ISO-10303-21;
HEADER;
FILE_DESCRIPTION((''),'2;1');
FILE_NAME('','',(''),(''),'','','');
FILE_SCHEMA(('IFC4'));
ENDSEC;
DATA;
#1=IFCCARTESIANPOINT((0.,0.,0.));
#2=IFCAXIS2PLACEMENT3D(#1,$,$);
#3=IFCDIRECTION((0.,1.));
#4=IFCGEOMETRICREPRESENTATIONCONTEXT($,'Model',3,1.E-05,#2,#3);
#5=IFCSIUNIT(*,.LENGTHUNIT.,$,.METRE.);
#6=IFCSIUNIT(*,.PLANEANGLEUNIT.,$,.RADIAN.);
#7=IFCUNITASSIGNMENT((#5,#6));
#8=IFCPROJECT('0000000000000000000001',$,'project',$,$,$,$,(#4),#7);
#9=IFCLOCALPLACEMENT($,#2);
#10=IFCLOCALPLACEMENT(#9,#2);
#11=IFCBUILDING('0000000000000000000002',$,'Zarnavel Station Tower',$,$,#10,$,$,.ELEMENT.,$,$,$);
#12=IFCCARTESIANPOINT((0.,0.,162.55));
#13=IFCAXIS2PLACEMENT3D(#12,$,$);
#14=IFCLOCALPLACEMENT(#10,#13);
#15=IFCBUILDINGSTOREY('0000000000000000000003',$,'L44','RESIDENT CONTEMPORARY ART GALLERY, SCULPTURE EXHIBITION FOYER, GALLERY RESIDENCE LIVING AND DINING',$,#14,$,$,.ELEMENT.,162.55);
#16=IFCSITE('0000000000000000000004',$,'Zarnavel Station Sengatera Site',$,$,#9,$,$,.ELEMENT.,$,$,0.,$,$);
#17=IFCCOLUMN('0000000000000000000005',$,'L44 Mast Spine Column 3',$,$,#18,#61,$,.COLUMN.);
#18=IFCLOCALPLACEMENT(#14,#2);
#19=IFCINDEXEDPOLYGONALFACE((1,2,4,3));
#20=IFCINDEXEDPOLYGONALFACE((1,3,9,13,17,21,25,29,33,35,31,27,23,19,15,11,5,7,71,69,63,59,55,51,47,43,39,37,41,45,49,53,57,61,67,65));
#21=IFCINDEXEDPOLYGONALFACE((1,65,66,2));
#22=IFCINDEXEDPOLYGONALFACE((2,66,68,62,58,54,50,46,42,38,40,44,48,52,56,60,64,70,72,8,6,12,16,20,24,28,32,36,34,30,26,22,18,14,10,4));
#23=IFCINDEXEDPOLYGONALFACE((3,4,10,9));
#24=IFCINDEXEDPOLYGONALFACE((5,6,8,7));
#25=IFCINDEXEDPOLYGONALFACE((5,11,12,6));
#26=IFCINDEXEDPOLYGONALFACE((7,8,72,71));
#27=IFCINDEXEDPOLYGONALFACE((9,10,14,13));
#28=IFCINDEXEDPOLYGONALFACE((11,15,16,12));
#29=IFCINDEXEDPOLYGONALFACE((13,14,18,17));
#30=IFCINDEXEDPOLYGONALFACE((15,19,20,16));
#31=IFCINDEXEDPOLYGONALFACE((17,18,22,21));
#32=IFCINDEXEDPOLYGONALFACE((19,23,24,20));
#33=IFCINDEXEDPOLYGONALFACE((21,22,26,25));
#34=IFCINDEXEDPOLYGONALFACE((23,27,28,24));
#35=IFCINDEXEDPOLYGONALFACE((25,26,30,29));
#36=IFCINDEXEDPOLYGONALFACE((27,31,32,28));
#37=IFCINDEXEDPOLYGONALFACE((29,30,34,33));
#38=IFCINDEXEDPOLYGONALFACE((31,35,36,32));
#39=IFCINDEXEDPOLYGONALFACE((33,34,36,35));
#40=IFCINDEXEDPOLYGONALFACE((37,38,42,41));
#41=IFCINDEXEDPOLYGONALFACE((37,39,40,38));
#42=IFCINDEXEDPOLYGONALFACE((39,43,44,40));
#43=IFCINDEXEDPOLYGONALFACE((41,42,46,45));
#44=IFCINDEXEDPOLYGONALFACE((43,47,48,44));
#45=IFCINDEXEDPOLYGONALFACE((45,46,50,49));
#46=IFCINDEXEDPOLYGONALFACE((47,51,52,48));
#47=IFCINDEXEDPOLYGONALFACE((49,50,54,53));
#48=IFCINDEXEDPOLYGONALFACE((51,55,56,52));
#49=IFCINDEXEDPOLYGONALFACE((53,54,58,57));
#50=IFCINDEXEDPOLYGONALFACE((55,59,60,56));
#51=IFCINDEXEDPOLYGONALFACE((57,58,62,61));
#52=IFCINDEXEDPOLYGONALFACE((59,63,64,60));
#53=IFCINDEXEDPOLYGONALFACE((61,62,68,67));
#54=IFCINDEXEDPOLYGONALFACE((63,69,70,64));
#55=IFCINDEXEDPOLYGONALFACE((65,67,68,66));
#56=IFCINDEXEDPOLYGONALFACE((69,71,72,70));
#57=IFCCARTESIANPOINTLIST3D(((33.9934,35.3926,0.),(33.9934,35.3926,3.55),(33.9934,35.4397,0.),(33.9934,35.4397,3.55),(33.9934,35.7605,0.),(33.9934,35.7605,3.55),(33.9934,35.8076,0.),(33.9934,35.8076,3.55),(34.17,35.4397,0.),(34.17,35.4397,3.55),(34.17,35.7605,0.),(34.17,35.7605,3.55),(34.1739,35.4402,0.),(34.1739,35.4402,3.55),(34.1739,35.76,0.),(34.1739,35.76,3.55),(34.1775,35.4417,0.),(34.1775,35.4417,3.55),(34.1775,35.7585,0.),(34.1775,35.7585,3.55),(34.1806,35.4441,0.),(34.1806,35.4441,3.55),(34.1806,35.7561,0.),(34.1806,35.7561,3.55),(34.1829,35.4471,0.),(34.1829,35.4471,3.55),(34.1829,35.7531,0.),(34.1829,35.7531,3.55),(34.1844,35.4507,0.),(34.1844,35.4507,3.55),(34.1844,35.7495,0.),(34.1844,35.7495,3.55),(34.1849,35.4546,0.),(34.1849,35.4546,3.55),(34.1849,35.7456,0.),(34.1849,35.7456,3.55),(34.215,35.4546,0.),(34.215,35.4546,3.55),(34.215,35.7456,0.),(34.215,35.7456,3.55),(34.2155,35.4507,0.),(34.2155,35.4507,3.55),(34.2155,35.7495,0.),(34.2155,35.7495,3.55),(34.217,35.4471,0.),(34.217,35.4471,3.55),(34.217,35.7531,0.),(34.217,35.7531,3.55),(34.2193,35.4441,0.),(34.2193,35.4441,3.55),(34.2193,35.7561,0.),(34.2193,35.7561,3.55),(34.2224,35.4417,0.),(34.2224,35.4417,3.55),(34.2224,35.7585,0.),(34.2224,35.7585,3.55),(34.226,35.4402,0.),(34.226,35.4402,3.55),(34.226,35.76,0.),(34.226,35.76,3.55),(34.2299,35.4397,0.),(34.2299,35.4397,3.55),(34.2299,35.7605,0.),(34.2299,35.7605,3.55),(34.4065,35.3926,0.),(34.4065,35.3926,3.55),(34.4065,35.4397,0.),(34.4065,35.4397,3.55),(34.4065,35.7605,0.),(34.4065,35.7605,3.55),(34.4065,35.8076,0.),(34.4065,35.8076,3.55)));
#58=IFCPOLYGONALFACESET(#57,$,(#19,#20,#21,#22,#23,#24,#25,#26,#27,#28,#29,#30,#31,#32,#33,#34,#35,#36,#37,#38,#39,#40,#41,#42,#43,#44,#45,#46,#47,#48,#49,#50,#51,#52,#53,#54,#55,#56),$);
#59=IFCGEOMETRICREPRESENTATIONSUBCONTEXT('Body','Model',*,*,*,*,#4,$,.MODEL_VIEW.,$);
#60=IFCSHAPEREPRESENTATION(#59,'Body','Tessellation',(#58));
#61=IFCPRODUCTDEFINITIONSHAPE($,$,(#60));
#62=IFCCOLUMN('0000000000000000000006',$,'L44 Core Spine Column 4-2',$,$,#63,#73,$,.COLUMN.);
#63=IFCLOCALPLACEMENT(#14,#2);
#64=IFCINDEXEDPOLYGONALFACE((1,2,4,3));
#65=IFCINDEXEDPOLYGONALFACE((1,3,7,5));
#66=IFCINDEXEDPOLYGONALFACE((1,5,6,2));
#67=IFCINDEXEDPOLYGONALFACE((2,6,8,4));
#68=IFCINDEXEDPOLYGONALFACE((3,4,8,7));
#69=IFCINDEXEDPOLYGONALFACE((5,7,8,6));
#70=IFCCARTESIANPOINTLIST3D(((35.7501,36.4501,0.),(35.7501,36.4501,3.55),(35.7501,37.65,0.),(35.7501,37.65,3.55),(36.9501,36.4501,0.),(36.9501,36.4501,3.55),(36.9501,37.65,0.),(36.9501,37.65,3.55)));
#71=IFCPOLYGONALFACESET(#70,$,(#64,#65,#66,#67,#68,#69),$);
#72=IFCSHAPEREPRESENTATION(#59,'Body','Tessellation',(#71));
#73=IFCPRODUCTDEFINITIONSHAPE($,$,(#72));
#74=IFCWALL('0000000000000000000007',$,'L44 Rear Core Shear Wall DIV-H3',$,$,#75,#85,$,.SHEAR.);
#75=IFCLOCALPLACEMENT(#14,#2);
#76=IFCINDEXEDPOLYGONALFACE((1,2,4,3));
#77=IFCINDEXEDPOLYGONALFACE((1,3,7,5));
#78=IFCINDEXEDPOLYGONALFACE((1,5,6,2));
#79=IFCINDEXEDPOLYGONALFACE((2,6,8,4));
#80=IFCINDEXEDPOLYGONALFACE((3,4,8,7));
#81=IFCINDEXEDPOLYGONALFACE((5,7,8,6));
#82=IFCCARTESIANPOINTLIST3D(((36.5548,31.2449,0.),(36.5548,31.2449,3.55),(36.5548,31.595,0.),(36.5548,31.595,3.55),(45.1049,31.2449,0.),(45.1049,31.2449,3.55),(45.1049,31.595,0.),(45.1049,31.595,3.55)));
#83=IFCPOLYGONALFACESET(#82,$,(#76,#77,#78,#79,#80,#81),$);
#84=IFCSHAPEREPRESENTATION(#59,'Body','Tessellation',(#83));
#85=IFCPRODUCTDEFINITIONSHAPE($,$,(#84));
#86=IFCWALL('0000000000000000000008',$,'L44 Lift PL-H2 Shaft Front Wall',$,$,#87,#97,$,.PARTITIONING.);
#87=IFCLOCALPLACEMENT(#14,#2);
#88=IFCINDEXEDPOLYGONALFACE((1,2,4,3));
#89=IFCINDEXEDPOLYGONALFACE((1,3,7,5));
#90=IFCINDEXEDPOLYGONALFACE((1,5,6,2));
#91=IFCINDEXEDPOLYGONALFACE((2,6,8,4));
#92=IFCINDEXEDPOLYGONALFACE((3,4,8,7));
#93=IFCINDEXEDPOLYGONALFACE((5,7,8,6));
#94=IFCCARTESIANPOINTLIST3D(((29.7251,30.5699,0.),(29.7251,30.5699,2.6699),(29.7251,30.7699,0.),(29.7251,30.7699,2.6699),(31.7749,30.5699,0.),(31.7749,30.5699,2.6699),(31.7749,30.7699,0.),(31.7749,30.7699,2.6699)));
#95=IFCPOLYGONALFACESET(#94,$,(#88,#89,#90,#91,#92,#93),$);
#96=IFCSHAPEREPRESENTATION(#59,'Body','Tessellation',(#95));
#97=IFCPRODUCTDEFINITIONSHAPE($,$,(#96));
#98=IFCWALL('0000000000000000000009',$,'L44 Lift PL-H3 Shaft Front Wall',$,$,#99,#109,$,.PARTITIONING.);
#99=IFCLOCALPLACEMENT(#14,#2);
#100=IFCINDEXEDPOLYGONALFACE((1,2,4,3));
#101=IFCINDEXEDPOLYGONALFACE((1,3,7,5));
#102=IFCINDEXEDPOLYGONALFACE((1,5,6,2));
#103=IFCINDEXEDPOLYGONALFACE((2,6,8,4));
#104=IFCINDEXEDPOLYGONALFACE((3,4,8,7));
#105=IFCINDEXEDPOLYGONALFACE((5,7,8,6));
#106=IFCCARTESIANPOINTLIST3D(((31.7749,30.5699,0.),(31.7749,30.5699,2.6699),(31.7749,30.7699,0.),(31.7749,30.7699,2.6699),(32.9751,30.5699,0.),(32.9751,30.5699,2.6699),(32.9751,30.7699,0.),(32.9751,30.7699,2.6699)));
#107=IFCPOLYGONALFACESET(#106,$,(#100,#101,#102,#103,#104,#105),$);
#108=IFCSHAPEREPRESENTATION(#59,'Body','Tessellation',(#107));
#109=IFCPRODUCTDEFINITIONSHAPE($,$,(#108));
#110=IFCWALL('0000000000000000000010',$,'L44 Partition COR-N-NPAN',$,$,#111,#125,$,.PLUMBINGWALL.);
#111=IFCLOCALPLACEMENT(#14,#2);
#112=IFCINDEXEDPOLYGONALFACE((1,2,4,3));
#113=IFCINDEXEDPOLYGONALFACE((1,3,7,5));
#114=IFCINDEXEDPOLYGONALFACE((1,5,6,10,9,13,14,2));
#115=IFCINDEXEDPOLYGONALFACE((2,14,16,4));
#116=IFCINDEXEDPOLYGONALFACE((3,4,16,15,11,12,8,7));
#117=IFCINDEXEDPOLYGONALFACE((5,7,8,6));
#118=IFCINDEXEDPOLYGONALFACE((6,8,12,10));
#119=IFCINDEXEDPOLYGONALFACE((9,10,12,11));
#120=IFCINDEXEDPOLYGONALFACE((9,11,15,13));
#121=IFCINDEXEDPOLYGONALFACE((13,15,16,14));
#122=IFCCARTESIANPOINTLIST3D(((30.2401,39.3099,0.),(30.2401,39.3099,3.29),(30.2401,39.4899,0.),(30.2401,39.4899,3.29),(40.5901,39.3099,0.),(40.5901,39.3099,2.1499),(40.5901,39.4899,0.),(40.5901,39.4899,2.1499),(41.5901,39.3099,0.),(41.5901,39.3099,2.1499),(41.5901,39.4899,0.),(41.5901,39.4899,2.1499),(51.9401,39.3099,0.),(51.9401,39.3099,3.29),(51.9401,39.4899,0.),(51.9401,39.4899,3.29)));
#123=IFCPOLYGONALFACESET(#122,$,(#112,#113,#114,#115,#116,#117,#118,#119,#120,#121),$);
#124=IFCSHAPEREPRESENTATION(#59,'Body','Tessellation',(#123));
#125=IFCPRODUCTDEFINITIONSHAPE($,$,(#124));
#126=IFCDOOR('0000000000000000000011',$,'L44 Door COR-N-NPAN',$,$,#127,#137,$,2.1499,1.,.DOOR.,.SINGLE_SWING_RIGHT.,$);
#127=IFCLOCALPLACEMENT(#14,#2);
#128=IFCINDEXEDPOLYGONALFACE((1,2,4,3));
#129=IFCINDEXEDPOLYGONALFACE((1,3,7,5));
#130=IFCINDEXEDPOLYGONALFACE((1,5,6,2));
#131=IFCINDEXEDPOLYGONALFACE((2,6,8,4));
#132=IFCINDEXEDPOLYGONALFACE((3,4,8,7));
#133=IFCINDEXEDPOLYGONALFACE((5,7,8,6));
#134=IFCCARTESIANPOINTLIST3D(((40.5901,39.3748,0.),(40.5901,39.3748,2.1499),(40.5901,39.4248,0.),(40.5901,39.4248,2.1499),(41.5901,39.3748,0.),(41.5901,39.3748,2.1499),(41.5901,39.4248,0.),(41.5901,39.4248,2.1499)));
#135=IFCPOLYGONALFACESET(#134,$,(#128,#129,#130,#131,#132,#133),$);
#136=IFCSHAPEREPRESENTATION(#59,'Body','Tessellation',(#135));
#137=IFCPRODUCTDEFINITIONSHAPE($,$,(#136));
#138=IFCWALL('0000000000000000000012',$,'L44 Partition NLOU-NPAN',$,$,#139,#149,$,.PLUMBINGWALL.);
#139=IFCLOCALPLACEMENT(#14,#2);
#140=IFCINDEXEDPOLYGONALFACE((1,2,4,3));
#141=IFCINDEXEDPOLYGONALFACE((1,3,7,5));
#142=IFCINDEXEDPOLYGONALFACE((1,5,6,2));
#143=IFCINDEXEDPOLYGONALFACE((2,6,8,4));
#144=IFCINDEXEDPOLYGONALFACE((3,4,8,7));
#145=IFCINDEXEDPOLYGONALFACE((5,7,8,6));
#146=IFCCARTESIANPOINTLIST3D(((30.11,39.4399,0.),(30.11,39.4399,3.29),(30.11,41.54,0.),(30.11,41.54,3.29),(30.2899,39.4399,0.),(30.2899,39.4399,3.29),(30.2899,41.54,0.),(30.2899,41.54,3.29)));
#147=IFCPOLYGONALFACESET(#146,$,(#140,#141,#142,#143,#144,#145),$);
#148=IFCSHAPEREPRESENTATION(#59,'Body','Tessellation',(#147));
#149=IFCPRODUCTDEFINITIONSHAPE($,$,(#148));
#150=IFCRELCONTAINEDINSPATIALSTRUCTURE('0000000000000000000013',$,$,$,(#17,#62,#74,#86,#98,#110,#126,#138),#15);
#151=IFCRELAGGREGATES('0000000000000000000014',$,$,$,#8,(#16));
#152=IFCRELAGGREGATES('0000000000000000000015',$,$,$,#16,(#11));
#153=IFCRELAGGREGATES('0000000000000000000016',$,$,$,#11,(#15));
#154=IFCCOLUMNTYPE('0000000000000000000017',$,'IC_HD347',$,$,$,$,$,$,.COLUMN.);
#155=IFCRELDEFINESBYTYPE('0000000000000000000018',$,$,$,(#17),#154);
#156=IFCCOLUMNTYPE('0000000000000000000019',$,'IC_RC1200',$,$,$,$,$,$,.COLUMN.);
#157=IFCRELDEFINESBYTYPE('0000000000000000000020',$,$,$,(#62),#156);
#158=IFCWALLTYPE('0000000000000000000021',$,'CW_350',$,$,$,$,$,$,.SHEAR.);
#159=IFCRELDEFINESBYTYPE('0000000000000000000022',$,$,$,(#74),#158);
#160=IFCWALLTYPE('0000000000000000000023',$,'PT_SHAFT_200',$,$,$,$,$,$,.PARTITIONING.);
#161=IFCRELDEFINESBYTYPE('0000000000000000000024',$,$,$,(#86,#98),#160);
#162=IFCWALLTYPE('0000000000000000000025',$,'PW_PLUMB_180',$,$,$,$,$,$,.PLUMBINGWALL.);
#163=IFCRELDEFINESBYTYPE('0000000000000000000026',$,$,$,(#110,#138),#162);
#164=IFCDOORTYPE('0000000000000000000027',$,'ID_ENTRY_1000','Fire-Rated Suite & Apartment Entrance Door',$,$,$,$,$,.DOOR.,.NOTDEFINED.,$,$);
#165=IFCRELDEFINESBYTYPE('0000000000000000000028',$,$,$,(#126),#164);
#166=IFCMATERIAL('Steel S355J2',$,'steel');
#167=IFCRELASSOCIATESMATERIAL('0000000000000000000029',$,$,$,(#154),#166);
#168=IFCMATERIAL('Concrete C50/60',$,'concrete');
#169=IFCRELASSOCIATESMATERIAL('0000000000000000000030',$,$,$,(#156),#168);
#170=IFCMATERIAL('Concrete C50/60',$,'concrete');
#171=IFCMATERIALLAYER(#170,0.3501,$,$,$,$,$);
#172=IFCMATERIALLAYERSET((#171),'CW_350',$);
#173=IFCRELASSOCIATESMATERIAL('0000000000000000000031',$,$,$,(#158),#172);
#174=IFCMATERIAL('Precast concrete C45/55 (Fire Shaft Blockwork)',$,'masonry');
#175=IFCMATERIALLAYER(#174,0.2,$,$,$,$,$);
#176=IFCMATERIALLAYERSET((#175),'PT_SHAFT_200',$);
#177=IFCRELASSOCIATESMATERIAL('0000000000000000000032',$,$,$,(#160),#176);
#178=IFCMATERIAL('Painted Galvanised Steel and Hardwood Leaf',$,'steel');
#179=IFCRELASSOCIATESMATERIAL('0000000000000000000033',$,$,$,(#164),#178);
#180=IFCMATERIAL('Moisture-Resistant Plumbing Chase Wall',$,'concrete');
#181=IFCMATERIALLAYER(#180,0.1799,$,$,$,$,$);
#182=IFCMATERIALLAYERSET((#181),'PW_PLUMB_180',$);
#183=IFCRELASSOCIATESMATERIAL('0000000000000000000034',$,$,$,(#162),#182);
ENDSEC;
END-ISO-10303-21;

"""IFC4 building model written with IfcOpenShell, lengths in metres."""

from ifc_helpers import new_model, si_unit, direction, frame, frame_2d, origin, origin_2d, place, context, subcontext, project, spatial, rectangle, i_section, extrude, material, layer, layer_set, material_profile, profile_set, type_object, element, fill, save


model = new_model("IFC4")

# Units and contexts
model_context = context("Model", 3, precision=1e-05, world=origin(), true_north=direction((0.0, 1.0)))
body_context = subcontext(model_context, "Body", "Model", "MODEL_VIEW")
ifc_project = project(units=[si_unit("LENGTHUNIT", "METRE"), si_unit("PLANEANGLEUNIT", "RADIAN")], contexts=[model_context])

# Site, building, storey
site_placement = place(None, origin())
site = spatial("IfcSite", under=ifc_project, at=site_placement, Name="Zarnavel Station Sengatera Site", CompositionType="ELEMENT", RefElevation=0.0)
building_placement = place(site_placement, origin())
building = spatial("IfcBuilding", under=site, at=building_placement, Name="Zarnavel Station Tower", CompositionType="ELEMENT")
storey_placement = place(building_placement, frame((0.0, 0.0, 162.55)))
storey = spatial("IfcBuildingStorey", under=building, at=storey_placement, Name="L44", Description="RESIDENT CONTEMPORARY ART GALLERY, SCULPTURE EXHIBITION FOYER, GALLERY RESIDENCE LIVING AND DINING", CompositionType="ELEMENT", Elevation=162.55)

# Columns
ifc_material_1 = material(Name="Steel S355J2", Category="steel")
ifc_material_profile_1 = material_profile(ifc_material_1, i_section(OverallWidth=0.4131, OverallDepth=0.415, WebThickness=0.03, FlangeThickness=0.0471, FilletRadius=0.0149, at=origin_2d()), Name="HD400x347")
ifc_profile_set_1 = profile_set([ifc_material_profile_1], Name="Steel S355J2")
column_type_1 = type_object("IfcColumnType", Name="IC_HD347", PredefinedType="COLUMN", material=ifc_profile_set_1)
column_1_placement = place(storey_placement, frame((34.2, 35.6001, 0.0), z_axis=(0.0, 0.0, 1.0), x_axis=(1.0, 0.0, 0.0)))
element("IfcColumn", 1, at=column_1_placement, inside=storey, type_object=column_type_1, Name="L44 Mast Spine Column 3", PredefinedType="COLUMN", context=body_context, shape_type="SweptSolid", body=[
    extrude(i_section(OverallWidth=0.4131, OverallDepth=0.415, WebThickness=0.03, FlangeThickness=0.0471, FilletRadius=0.0149, at=origin_2d()), origin(), (0.0, 0.0, 1.0), 3.55),
])
ifc_material_2 = material(Name="Concrete C50/60", Category="concrete")
ifc_material_profile_2 = material_profile(ifc_material_2, rectangle(XDim=1.2, YDim=1.2, at=origin_2d()), Name="RC1200x1200")
ifc_profile_set_2 = profile_set([ifc_material_profile_2], Name="Concrete C50/60")
column_type_2 = type_object("IfcColumnType", Name="IC_RC1200", PredefinedType="COLUMN", material=ifc_profile_set_2)
column_2_placement = place(storey_placement, frame((36.3501, 37.05, 0.0), z_axis=(0.0, 0.0, 1.0), x_axis=(1.0, 0.0, 0.0)))
element("IfcColumn", 2, at=column_2_placement, inside=storey, type_object=column_type_2, Name="L44 Core Spine Column 4-2", PredefinedType="COLUMN", context=body_context, shape_type="SweptSolid", body=[
    extrude(rectangle(XDim=1.2, YDim=1.2, at=origin_2d()), origin(), (0.0, 0.0, 1.0), 3.55),
])

# Wall
ifc_material_3 = material(Name="Concrete C50/60", Category="concrete")
ifc_layer_1 = layer(ifc_material_3, 0.3501)
ifc_layer_set_1 = layer_set([ifc_layer_1], Name="CW_350")
wall_type_1 = type_object("IfcWallType", Name="CW_350", PredefinedType="SHEAR", material=ifc_layer_set_1)
wall_1_placement = place(storey_placement, frame((36.5549, 31.4199, 0.0), z_axis=(0.0, 0.0, 1.0), x_axis=(1.0, 0.0, 0.0)))
element("IfcWall", 3, at=wall_1_placement, inside=storey, type_object=wall_type_1, Name="L44 Rear Core Shear Wall DIV-H3", PredefinedType="SHEAR", context=body_context, shape_type="SweptSolid", body=[
    extrude(rectangle(XDim=8.55, YDim=0.3501, at=frame_2d((4.2749, 0.0))), origin(), (0.0, 0.0, 1.0), 3.55),
])

# Shared definitions
ifc_material_4 = material(Name="Precast concrete C45/55 (Fire Shaft Blockwork)", Category="masonry")
ifc_layer_2 = layer(ifc_material_4, 0.2)
ifc_layer_set_2 = layer_set([ifc_layer_2], Name="PT_SHAFT_200")
wall_type_2 = type_object("IfcWallType", Name="PT_SHAFT_200", PredefinedType="PARTITIONING", material=ifc_layer_set_2)

# Walls
wall_2_placement = place(storey_placement, frame((29.7251, 30.6699, 0.0), z_axis=(0.0, 0.0, 1.0), x_axis=(1.0, 0.0, 0.0)))
element("IfcWall", 4, at=wall_2_placement, inside=storey, type_object=wall_type_2, Name="L44 Lift PL-H2 Shaft Front Wall", PredefinedType="PARTITIONING", context=body_context, shape_type="SweptSolid", body=[
    extrude(rectangle(XDim=2.0498, YDim=0.2, at=frame_2d((1.0249, 0.0))), origin(), (0.0, 0.0, 1.0), 2.6699),
])
wall_3_placement = place(storey_placement, frame((31.7749, 30.6699, 0.0), z_axis=(0.0, 0.0, 1.0), x_axis=(1.0, 0.0, 0.0)))
element("IfcWall", 5, at=wall_3_placement, inside=storey, type_object=wall_type_2, Name="L44 Lift PL-H3 Shaft Front Wall", PredefinedType="PARTITIONING", context=body_context, shape_type="SweptSolid", body=[
    extrude(rectangle(XDim=1.2002, YDim=0.2, at=frame_2d((0.6001, 0.0))), origin(), (0.0, 0.0, 1.0), 2.6699),
])

# Wall, opening, door
ifc_material_5 = material(Name="Painted Galvanised Steel and Hardwood Leaf", Category="steel")
door_type_1 = type_object("IfcDoorType", Name="ID_ENTRY_1000", Description="Fire-Rated Suite & Apartment Entrance Door", OperationType="NOTDEFINED", PredefinedType="DOOR", material=ifc_material_5)
ifc_material_6 = material(Name="Moisture-Resistant Plumbing Chase Wall", Category="concrete")
ifc_layer_3 = layer(ifc_material_6, 0.1799)
ifc_layer_set_3 = layer_set([ifc_layer_3], Name="PW_PLUMB_180")
wall_type_3 = type_object("IfcWallType", Name="PW_PLUMB_180", PredefinedType="PLUMBINGWALL", material=ifc_layer_set_3)
wall_4_placement = place(storey_placement, frame((30.24, 39.3999, 0.0), z_axis=(0.0, 0.0, 1.0), x_axis=(1.0, 0.0, 0.0)))
wall_4 = element("IfcWall", 6, at=wall_4_placement, inside=storey, type_object=wall_type_3, Name="L44 Partition COR-N-NPAN", PredefinedType="PLUMBINGWALL", context=body_context, shape_type="SweptSolid", body=[
    extrude(rectangle(XDim=21.7, YDim=0.1799, at=frame_2d((10.8501, 0.0))), origin(), (0.0, 0.0, 1.0), 3.29),
])
opening_1_placement = place(wall_4_placement, frame((10.3501, 0.0, 0.0)))
opening_1 = element("IfcOpeningElement", 7, at=opening_1_placement, cuts=wall_4, PredefinedType="OPENING", context=body_context, shape_type="SweptSolid", body=[
    extrude(rectangle(XDim=1.0, YDim=2.1499, at=frame_2d((0.5, 1.075))), frame((0.0, 0.0999, 0.0), z_axis=(0.0, -1.0, 0.0), x_axis=(1.0, 0.0, 0.0)), (0.0, 0.0, 1.0), 0.2),
])
door_1_placement = place(opening_1_placement, origin())
door_1 = element("IfcDoor", 8, at=door_1_placement, inside=storey, type_object=door_type_1, Name="L44 Door COR-N-NPAN", OperationType="SINGLE_SWING_RIGHT", OverallHeight=2.1499, OverallWidth=1.0, PredefinedType="DOOR", context=body_context, shape_type="SweptSolid", body=[
    extrude(rectangle(XDim=1.0, YDim=2.1499, at=frame_2d((0.5, 1.075))), frame((0.0, 0.0249, 0.0), z_axis=(0.0, -1.0, 0.0), x_axis=(1.0, 0.0, 0.0)), (0.0, 0.0, 1.0), 0.05),
])
fill(opening_1, door_1)

# Wall
wall_5_placement = place(storey_placement, frame((30.2, 39.4399, 0.0), z_axis=(0.0, 0.0, 1.0), x_axis=(0.0, 1.0, 0.0)))
element("IfcWall", 9, at=wall_5_placement, inside=storey, type_object=wall_type_3, Name="L44 Partition NLOU-NPAN", PredefinedType="PLUMBINGWALL", context=body_context, shape_type="SweptSolid", body=[
    extrude(rectangle(XDim=2.1001, YDim=0.1799, at=frame_2d((1.05, 0.0))), origin(), (0.0, 0.0, 1.0), 3.29),
])

save(model, "model.ifc")
